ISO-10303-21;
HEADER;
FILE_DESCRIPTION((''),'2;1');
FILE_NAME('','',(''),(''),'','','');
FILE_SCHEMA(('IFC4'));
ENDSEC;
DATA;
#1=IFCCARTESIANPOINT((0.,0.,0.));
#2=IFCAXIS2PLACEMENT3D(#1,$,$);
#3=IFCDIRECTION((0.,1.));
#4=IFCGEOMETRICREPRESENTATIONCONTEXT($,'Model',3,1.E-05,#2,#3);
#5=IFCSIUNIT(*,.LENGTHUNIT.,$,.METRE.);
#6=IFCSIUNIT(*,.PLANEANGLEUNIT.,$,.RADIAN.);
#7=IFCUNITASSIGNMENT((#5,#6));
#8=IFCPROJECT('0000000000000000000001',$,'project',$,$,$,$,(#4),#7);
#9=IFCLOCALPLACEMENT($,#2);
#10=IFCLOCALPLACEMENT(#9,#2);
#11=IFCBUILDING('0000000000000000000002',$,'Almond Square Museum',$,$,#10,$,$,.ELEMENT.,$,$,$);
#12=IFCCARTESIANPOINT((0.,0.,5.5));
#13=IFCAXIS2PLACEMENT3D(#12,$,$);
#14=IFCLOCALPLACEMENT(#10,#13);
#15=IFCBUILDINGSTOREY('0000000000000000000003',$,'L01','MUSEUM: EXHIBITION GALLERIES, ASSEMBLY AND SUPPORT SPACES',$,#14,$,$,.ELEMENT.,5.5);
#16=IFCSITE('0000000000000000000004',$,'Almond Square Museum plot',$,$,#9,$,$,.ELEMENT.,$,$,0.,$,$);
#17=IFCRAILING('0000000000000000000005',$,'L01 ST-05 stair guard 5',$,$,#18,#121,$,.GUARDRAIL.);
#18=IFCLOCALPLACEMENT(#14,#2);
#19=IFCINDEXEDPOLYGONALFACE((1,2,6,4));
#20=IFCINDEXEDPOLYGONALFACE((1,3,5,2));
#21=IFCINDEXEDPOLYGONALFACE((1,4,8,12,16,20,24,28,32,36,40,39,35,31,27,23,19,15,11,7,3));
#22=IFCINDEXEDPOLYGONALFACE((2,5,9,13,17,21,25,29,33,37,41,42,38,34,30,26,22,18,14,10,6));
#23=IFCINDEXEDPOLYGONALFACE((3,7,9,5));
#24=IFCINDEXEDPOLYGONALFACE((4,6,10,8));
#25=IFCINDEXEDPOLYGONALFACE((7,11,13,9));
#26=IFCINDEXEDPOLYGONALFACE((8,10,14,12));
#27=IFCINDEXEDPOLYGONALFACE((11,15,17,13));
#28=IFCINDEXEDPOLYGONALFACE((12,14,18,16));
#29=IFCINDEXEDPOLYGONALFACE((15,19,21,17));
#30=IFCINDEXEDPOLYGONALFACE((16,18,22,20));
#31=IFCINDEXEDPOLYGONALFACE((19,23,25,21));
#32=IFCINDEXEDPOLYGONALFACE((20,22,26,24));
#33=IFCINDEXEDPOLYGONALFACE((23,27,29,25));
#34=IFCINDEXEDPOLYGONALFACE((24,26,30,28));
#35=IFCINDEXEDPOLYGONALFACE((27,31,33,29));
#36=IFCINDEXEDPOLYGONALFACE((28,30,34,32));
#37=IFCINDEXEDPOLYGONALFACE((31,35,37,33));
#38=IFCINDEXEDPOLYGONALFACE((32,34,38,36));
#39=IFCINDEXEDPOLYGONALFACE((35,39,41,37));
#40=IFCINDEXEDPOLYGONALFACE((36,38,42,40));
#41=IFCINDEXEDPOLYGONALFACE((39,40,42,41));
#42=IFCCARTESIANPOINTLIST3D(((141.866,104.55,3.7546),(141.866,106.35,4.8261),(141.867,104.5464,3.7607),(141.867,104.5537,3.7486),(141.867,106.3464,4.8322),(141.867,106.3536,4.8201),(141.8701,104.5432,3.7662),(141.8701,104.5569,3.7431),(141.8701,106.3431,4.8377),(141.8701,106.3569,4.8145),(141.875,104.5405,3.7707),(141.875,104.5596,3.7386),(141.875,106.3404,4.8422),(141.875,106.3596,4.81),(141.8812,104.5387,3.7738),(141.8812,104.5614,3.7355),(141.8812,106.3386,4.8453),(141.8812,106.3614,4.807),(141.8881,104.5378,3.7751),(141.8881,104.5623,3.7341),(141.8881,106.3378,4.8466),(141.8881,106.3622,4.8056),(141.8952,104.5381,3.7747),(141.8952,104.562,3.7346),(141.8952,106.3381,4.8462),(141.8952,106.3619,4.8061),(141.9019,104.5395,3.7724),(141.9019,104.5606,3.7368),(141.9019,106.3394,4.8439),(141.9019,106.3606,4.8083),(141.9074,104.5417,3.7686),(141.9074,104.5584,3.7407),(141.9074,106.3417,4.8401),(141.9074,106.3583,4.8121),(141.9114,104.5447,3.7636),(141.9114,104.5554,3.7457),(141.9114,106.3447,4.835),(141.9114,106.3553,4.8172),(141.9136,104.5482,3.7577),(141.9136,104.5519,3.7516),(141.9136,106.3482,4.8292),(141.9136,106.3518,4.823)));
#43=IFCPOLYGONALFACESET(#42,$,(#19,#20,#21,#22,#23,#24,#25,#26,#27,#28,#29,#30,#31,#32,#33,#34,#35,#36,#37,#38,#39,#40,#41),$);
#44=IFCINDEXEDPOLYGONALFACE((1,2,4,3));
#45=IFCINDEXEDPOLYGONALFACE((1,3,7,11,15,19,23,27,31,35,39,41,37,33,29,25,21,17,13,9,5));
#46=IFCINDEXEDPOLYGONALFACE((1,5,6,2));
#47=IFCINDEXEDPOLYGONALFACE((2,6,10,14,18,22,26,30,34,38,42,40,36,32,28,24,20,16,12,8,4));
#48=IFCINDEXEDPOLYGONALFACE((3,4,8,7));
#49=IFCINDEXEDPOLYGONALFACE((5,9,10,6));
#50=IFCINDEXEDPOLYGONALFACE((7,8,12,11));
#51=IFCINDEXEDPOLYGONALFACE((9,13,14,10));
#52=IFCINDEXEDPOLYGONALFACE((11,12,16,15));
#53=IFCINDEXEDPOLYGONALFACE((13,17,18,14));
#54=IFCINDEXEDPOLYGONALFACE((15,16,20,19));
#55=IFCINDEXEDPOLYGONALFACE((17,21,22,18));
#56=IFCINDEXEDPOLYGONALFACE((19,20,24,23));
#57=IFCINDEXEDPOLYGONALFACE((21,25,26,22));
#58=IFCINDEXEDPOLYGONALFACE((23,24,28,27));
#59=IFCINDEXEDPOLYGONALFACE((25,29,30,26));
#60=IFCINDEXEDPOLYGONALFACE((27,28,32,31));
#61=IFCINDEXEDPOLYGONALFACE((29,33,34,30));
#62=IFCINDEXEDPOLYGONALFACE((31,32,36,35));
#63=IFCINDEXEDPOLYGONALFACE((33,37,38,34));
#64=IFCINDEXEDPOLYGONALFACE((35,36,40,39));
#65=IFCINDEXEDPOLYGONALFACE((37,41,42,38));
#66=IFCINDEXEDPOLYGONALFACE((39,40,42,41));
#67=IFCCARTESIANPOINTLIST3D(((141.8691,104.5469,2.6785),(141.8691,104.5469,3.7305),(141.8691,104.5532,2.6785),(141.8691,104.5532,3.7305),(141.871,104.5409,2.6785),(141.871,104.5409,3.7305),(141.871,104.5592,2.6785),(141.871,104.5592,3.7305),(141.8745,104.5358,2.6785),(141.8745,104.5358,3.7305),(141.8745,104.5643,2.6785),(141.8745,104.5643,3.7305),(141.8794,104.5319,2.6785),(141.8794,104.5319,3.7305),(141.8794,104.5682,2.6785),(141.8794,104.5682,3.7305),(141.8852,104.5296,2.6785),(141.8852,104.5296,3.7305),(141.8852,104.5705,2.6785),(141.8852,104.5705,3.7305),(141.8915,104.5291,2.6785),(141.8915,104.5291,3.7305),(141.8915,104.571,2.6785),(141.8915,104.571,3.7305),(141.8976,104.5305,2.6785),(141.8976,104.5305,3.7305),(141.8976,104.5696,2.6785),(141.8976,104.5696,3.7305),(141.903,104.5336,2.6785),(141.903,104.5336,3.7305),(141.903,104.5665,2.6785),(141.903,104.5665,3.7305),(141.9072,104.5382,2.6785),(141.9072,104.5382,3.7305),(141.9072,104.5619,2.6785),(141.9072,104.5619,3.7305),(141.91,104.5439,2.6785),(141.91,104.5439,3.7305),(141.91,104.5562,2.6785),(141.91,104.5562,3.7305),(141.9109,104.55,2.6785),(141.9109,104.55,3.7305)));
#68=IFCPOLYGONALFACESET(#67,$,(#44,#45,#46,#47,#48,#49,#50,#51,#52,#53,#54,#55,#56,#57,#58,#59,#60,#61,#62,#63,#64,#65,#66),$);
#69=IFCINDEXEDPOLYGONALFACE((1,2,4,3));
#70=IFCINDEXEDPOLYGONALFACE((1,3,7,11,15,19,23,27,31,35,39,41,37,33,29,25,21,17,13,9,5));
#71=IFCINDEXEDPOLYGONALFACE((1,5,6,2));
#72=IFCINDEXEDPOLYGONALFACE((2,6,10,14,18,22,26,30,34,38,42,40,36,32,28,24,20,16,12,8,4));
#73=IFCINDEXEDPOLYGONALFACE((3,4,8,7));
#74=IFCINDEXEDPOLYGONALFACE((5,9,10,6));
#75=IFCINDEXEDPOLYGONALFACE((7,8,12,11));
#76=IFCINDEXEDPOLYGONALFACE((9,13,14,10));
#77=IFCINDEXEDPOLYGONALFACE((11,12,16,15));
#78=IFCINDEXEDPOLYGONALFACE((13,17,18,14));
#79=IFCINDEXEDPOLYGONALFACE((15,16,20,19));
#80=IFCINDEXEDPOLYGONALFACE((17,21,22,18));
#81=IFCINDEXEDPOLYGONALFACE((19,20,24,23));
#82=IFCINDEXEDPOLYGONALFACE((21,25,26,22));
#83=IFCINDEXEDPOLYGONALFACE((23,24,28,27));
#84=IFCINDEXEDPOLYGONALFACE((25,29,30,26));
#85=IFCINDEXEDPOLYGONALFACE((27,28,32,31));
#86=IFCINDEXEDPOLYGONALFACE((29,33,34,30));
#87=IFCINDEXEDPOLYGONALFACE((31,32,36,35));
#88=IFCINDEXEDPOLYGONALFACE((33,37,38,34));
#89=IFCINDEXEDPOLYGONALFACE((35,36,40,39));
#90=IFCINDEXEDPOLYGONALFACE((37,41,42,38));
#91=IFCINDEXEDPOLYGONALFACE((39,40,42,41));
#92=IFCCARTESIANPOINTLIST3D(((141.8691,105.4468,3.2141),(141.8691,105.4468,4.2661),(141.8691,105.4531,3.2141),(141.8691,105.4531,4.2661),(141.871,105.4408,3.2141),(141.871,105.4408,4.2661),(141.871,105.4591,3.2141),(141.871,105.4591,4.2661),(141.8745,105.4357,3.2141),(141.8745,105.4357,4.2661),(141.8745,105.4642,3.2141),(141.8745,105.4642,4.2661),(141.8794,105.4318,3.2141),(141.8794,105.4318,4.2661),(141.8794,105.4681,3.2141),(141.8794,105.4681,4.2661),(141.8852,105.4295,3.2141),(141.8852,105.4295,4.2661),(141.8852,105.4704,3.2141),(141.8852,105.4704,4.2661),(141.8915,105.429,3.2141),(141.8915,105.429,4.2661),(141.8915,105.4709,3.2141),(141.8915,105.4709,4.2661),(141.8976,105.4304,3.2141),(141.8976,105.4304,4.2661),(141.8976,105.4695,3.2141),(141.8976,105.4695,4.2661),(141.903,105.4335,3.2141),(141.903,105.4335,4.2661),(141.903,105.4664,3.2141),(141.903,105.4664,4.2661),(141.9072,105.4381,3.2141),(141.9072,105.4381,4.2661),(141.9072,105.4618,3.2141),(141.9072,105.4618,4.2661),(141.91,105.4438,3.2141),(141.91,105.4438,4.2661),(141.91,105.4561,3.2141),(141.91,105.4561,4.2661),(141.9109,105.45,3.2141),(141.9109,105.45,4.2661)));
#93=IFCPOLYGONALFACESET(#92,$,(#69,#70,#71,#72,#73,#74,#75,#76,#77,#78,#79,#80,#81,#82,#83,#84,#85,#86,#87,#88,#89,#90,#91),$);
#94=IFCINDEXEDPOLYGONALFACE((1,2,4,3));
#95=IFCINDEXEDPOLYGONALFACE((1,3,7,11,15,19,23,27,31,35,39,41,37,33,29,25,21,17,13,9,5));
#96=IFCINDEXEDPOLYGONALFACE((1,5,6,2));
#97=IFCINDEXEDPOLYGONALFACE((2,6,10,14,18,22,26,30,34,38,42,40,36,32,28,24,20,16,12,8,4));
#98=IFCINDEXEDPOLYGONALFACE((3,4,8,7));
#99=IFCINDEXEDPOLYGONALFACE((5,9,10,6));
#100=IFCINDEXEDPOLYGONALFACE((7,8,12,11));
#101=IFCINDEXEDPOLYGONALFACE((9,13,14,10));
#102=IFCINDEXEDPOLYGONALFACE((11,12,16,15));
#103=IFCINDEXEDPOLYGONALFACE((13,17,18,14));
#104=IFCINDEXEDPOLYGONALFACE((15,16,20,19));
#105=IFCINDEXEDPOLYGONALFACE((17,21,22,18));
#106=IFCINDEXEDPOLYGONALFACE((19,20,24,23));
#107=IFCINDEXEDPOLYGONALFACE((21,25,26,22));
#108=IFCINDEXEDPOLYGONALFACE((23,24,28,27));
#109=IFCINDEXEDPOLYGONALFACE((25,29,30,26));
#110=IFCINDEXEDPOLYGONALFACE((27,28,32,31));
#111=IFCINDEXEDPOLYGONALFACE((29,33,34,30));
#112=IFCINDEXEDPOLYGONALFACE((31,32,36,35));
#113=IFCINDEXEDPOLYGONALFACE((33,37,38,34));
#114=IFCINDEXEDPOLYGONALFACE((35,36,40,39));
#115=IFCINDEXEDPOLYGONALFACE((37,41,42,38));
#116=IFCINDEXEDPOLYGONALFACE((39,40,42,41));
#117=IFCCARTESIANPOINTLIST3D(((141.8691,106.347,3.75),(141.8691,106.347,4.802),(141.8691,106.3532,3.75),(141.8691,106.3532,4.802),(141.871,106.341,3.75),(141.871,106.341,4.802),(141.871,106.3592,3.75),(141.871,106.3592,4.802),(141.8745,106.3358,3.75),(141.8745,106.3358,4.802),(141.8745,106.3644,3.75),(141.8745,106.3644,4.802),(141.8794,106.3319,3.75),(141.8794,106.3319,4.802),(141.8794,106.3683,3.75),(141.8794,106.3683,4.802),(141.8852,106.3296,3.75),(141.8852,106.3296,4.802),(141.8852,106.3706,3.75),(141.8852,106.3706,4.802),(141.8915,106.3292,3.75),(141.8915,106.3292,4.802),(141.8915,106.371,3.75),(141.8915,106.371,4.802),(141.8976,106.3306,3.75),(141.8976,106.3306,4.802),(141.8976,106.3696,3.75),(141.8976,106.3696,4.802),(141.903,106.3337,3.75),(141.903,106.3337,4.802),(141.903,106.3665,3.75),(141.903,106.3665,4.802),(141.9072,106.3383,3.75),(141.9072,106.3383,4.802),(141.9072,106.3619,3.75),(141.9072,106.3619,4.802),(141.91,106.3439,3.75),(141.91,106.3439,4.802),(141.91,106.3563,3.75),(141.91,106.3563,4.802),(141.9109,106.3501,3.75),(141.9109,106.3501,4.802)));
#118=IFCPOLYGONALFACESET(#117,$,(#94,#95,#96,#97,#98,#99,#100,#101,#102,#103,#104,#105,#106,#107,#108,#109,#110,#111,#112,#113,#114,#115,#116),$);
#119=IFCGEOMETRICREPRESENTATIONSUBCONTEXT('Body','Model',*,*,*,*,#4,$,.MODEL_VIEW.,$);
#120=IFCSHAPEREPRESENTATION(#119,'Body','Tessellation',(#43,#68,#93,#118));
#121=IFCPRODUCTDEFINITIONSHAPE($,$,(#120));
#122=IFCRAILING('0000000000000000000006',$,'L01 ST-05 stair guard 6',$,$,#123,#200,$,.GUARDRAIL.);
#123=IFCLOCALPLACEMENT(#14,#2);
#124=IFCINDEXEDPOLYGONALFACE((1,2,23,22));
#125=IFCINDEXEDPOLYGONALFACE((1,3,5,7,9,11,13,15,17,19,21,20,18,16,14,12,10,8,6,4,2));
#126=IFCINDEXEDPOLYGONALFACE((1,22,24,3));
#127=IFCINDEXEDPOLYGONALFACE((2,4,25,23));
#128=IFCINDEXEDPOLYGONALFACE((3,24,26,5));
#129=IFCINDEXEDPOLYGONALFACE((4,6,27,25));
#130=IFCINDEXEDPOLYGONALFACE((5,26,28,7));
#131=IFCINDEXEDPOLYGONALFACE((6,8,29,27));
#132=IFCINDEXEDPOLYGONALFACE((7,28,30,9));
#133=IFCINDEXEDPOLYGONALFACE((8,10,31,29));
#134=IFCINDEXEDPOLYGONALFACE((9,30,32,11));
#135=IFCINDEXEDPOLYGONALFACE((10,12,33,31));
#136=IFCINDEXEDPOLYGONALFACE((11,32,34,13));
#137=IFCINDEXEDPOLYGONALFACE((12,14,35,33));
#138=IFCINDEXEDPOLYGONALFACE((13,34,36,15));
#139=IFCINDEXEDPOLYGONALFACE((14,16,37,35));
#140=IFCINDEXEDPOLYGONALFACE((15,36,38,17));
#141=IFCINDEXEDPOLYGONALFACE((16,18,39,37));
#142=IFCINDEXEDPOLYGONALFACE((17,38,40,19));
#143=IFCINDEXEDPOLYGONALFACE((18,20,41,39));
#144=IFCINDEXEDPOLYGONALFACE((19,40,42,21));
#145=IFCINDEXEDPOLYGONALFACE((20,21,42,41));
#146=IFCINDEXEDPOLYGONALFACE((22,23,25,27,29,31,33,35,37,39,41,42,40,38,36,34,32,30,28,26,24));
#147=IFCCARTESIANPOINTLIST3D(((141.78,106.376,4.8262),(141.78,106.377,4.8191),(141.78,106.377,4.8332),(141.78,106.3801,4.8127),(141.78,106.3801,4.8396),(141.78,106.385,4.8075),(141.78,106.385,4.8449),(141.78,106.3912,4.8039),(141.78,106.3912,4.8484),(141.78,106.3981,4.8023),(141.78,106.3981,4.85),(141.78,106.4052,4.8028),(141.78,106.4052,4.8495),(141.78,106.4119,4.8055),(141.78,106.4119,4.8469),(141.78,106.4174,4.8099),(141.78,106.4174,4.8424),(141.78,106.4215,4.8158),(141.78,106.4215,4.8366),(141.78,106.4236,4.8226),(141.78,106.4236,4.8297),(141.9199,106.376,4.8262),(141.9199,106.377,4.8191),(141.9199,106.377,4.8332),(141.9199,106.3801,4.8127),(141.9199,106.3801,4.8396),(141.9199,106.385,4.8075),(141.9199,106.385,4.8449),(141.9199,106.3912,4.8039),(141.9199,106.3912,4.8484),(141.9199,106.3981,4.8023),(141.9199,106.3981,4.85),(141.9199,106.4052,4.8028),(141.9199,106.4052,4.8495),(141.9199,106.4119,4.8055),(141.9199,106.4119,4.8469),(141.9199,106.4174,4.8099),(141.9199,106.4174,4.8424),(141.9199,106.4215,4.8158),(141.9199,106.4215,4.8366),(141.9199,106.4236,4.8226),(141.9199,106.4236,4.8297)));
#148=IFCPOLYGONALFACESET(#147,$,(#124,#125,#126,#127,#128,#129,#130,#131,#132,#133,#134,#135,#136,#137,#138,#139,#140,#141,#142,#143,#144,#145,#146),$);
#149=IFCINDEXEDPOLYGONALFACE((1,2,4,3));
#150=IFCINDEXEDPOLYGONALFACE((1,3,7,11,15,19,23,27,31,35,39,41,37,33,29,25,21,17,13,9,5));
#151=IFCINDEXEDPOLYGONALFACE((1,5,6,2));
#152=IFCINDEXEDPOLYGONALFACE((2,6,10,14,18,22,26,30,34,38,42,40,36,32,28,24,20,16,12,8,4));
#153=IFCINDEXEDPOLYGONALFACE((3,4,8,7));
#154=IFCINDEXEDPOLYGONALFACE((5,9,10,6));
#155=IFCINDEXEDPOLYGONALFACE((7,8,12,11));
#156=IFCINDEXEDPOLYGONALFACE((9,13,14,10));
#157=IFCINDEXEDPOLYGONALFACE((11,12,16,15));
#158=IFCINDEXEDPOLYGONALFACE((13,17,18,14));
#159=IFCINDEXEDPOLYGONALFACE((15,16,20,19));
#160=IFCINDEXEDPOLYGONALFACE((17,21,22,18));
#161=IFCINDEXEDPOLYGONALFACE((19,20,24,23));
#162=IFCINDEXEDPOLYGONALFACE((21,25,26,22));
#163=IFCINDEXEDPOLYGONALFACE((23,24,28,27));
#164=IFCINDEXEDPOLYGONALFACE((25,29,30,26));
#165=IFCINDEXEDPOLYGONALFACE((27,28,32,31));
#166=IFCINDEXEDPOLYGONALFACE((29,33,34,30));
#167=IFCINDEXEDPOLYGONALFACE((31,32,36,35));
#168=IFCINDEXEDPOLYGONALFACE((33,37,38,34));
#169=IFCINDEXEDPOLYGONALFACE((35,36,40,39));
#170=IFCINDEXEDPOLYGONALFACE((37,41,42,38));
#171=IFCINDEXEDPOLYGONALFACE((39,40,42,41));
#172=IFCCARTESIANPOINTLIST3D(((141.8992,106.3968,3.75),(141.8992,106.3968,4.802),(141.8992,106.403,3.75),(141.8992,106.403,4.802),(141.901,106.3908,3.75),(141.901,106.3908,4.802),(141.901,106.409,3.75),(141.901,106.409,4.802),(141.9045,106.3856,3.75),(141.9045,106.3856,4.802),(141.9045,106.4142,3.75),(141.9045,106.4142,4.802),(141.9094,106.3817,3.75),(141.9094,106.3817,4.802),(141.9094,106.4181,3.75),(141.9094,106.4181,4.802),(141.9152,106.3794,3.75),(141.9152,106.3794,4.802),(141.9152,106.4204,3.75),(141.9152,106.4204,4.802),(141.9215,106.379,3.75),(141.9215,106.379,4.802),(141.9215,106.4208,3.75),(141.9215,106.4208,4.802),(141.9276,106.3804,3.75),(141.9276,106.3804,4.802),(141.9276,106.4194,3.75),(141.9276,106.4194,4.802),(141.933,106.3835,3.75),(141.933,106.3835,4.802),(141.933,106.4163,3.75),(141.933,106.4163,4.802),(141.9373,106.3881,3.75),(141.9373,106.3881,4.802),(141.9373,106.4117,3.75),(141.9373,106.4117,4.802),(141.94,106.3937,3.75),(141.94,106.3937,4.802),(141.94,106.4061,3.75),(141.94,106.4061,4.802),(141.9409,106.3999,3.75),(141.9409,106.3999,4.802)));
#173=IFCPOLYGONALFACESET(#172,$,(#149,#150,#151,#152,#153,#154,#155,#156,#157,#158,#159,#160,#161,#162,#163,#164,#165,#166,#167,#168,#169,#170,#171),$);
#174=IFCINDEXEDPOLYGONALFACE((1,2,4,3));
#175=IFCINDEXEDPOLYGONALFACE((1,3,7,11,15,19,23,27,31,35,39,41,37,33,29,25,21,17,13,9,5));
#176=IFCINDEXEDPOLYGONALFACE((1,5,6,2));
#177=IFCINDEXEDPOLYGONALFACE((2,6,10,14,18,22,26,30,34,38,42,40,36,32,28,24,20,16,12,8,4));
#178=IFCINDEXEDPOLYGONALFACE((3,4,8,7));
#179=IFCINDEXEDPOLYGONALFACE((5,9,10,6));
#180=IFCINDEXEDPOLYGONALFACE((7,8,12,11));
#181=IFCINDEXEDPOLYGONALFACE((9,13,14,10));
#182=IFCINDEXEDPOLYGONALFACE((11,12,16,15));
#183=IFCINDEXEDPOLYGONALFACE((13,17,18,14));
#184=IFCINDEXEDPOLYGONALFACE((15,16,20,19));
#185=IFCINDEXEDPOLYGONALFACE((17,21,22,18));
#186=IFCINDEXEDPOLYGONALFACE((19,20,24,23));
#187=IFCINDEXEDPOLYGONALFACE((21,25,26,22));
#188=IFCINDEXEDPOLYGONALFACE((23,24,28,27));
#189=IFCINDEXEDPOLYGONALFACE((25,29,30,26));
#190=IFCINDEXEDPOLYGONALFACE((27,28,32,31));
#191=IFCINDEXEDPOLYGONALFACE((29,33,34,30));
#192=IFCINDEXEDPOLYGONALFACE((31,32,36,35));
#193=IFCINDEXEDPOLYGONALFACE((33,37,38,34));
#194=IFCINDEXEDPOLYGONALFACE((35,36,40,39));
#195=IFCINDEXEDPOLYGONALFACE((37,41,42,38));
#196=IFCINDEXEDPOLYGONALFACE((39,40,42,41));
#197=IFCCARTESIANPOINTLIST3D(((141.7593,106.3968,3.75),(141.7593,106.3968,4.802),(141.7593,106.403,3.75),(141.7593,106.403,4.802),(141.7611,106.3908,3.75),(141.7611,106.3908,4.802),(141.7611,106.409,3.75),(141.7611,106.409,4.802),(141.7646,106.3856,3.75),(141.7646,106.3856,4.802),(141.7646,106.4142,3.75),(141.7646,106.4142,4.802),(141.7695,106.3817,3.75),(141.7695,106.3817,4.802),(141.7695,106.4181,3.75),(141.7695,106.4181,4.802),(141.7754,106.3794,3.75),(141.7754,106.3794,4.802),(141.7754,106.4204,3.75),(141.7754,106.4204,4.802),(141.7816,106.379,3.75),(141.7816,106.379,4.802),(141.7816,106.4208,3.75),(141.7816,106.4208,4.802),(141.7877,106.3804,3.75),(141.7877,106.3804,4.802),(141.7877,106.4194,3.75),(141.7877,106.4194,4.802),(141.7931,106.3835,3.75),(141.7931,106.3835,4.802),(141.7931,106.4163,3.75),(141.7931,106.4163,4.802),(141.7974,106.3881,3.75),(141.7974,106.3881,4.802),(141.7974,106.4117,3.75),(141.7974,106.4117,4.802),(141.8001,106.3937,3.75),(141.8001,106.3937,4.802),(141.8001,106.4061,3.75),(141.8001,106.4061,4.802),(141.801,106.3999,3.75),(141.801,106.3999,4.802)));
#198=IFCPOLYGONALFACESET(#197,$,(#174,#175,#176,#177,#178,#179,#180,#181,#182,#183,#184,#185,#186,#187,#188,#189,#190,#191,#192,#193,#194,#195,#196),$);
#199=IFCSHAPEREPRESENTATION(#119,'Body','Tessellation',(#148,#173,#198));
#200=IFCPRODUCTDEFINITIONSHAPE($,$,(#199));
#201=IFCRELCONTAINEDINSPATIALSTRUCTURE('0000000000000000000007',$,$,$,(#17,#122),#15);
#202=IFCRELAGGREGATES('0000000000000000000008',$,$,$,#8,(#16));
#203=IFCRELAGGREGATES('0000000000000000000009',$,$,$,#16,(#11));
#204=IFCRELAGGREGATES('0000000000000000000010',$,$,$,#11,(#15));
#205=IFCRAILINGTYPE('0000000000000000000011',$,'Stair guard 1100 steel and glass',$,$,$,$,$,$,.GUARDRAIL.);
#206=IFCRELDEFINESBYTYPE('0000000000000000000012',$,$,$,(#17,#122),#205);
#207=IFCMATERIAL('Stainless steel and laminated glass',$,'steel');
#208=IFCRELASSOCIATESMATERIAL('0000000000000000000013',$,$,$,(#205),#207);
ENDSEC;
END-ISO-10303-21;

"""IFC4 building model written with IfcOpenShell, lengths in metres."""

from ifc_helpers import new_model, si_unit, direction, frame, origin, origin_2d, place, context, subcontext, project, spatial, circle, extrude, material, type_object, element, save


model = new_model("IFC4")

# Units and contexts
model_context = context("Model", 3, precision=1e-05, world=origin(), true_north=direction((0.0, 1.0)))
body_context = subcontext(model_context, "Body", "Model", "MODEL_VIEW")
ifc_project = project(units=[si_unit("LENGTHUNIT", "METRE"), si_unit("PLANEANGLEUNIT", "RADIAN")], contexts=[model_context])

# Site, building, storey
site_placement = place(None, origin())
site = spatial("IfcSite", under=ifc_project, at=site_placement, Name="Almond Square Museum plot", CompositionType="ELEMENT", RefElevation=0.0)
building_placement = place(site_placement, origin())
building = spatial("IfcBuilding", under=site, at=building_placement, Name="Almond Square Museum", CompositionType="ELEMENT")
storey_placement = place(building_placement, frame((0.0, 0.0, 5.5)))
storey = spatial("IfcBuildingStorey", under=building, at=storey_placement, Name="L01", Description="MUSEUM: EXHIBITION GALLERIES, ASSEMBLY AND SUPPORT SPACES", CompositionType="ELEMENT", Elevation=5.5)

# Railings
ifc_material_1 = material(Name="Stainless steel and laminated glass", Category="steel")
railing_type_1 = type_object("IfcRailingType", Name="Stair guard 1100 steel and glass", PredefinedType="GUARDRAIL", material=ifc_material_1)
railing_1_placement = place(storey_placement, frame((141.8899, 104.55, 2.6785)))
element("IfcRailing", 1, at=railing_1_placement, inside=storey, type_object=railing_type_1, Name="L01 ST-05 stair guard 5", PredefinedType="GUARDRAIL", context=body_context, shape_type="SweptSolid", body=[
    extrude(circle(Radius=0.0239, at=origin_2d()), frame((0.0, 0.0, 1.0762), z_axis=(0.0, 0.859277, 0.51151), x_axis=(-1.0, 0.0, 0.0)), (0.0, 0.0, 1.0), 2.0947),
    extrude(circle(Radius=0.021, at=origin_2d()), origin(), (0.0, 0.0, 1.0), 1.052),
    extrude(circle(Radius=0.021, at=origin_2d()), frame((0.0, 0.8999, 0.5356)), (0.0, 0.0, 1.0), 1.052),
    extrude(circle(Radius=0.021, at=origin_2d()), frame((0.0, 1.8, 1.0715)), (0.0, 0.0, 1.0), 1.052),
])
railing_2_placement = place(storey_placement, frame((141.9199, 106.3999, 3.75)))
element("IfcRailing", 2, at=railing_2_placement, inside=storey, type_object=railing_type_1, Name="L01 ST-05 stair guard 6", PredefinedType="GUARDRAIL", context=body_context, shape_type="SweptSolid", body=[
    extrude(circle(Radius=0.0239, at=origin_2d()), frame((0.0, 0.0, 1.0762), z_axis=(-1.0, 0.0, 0.0), x_axis=(0.0, -1.0, 0.0)), (0.0, 0.0, 1.0), 0.1399),
    extrude(circle(Radius=0.021, at=origin_2d()), origin(), (0.0, 0.0, 1.0), 1.052),
    extrude(circle(Radius=0.021, at=origin_2d()), frame((-0.1399, 0.0, 0.0)), (0.0, 0.0, 1.0), 1.052),
])

save(model, "model.ifc")
